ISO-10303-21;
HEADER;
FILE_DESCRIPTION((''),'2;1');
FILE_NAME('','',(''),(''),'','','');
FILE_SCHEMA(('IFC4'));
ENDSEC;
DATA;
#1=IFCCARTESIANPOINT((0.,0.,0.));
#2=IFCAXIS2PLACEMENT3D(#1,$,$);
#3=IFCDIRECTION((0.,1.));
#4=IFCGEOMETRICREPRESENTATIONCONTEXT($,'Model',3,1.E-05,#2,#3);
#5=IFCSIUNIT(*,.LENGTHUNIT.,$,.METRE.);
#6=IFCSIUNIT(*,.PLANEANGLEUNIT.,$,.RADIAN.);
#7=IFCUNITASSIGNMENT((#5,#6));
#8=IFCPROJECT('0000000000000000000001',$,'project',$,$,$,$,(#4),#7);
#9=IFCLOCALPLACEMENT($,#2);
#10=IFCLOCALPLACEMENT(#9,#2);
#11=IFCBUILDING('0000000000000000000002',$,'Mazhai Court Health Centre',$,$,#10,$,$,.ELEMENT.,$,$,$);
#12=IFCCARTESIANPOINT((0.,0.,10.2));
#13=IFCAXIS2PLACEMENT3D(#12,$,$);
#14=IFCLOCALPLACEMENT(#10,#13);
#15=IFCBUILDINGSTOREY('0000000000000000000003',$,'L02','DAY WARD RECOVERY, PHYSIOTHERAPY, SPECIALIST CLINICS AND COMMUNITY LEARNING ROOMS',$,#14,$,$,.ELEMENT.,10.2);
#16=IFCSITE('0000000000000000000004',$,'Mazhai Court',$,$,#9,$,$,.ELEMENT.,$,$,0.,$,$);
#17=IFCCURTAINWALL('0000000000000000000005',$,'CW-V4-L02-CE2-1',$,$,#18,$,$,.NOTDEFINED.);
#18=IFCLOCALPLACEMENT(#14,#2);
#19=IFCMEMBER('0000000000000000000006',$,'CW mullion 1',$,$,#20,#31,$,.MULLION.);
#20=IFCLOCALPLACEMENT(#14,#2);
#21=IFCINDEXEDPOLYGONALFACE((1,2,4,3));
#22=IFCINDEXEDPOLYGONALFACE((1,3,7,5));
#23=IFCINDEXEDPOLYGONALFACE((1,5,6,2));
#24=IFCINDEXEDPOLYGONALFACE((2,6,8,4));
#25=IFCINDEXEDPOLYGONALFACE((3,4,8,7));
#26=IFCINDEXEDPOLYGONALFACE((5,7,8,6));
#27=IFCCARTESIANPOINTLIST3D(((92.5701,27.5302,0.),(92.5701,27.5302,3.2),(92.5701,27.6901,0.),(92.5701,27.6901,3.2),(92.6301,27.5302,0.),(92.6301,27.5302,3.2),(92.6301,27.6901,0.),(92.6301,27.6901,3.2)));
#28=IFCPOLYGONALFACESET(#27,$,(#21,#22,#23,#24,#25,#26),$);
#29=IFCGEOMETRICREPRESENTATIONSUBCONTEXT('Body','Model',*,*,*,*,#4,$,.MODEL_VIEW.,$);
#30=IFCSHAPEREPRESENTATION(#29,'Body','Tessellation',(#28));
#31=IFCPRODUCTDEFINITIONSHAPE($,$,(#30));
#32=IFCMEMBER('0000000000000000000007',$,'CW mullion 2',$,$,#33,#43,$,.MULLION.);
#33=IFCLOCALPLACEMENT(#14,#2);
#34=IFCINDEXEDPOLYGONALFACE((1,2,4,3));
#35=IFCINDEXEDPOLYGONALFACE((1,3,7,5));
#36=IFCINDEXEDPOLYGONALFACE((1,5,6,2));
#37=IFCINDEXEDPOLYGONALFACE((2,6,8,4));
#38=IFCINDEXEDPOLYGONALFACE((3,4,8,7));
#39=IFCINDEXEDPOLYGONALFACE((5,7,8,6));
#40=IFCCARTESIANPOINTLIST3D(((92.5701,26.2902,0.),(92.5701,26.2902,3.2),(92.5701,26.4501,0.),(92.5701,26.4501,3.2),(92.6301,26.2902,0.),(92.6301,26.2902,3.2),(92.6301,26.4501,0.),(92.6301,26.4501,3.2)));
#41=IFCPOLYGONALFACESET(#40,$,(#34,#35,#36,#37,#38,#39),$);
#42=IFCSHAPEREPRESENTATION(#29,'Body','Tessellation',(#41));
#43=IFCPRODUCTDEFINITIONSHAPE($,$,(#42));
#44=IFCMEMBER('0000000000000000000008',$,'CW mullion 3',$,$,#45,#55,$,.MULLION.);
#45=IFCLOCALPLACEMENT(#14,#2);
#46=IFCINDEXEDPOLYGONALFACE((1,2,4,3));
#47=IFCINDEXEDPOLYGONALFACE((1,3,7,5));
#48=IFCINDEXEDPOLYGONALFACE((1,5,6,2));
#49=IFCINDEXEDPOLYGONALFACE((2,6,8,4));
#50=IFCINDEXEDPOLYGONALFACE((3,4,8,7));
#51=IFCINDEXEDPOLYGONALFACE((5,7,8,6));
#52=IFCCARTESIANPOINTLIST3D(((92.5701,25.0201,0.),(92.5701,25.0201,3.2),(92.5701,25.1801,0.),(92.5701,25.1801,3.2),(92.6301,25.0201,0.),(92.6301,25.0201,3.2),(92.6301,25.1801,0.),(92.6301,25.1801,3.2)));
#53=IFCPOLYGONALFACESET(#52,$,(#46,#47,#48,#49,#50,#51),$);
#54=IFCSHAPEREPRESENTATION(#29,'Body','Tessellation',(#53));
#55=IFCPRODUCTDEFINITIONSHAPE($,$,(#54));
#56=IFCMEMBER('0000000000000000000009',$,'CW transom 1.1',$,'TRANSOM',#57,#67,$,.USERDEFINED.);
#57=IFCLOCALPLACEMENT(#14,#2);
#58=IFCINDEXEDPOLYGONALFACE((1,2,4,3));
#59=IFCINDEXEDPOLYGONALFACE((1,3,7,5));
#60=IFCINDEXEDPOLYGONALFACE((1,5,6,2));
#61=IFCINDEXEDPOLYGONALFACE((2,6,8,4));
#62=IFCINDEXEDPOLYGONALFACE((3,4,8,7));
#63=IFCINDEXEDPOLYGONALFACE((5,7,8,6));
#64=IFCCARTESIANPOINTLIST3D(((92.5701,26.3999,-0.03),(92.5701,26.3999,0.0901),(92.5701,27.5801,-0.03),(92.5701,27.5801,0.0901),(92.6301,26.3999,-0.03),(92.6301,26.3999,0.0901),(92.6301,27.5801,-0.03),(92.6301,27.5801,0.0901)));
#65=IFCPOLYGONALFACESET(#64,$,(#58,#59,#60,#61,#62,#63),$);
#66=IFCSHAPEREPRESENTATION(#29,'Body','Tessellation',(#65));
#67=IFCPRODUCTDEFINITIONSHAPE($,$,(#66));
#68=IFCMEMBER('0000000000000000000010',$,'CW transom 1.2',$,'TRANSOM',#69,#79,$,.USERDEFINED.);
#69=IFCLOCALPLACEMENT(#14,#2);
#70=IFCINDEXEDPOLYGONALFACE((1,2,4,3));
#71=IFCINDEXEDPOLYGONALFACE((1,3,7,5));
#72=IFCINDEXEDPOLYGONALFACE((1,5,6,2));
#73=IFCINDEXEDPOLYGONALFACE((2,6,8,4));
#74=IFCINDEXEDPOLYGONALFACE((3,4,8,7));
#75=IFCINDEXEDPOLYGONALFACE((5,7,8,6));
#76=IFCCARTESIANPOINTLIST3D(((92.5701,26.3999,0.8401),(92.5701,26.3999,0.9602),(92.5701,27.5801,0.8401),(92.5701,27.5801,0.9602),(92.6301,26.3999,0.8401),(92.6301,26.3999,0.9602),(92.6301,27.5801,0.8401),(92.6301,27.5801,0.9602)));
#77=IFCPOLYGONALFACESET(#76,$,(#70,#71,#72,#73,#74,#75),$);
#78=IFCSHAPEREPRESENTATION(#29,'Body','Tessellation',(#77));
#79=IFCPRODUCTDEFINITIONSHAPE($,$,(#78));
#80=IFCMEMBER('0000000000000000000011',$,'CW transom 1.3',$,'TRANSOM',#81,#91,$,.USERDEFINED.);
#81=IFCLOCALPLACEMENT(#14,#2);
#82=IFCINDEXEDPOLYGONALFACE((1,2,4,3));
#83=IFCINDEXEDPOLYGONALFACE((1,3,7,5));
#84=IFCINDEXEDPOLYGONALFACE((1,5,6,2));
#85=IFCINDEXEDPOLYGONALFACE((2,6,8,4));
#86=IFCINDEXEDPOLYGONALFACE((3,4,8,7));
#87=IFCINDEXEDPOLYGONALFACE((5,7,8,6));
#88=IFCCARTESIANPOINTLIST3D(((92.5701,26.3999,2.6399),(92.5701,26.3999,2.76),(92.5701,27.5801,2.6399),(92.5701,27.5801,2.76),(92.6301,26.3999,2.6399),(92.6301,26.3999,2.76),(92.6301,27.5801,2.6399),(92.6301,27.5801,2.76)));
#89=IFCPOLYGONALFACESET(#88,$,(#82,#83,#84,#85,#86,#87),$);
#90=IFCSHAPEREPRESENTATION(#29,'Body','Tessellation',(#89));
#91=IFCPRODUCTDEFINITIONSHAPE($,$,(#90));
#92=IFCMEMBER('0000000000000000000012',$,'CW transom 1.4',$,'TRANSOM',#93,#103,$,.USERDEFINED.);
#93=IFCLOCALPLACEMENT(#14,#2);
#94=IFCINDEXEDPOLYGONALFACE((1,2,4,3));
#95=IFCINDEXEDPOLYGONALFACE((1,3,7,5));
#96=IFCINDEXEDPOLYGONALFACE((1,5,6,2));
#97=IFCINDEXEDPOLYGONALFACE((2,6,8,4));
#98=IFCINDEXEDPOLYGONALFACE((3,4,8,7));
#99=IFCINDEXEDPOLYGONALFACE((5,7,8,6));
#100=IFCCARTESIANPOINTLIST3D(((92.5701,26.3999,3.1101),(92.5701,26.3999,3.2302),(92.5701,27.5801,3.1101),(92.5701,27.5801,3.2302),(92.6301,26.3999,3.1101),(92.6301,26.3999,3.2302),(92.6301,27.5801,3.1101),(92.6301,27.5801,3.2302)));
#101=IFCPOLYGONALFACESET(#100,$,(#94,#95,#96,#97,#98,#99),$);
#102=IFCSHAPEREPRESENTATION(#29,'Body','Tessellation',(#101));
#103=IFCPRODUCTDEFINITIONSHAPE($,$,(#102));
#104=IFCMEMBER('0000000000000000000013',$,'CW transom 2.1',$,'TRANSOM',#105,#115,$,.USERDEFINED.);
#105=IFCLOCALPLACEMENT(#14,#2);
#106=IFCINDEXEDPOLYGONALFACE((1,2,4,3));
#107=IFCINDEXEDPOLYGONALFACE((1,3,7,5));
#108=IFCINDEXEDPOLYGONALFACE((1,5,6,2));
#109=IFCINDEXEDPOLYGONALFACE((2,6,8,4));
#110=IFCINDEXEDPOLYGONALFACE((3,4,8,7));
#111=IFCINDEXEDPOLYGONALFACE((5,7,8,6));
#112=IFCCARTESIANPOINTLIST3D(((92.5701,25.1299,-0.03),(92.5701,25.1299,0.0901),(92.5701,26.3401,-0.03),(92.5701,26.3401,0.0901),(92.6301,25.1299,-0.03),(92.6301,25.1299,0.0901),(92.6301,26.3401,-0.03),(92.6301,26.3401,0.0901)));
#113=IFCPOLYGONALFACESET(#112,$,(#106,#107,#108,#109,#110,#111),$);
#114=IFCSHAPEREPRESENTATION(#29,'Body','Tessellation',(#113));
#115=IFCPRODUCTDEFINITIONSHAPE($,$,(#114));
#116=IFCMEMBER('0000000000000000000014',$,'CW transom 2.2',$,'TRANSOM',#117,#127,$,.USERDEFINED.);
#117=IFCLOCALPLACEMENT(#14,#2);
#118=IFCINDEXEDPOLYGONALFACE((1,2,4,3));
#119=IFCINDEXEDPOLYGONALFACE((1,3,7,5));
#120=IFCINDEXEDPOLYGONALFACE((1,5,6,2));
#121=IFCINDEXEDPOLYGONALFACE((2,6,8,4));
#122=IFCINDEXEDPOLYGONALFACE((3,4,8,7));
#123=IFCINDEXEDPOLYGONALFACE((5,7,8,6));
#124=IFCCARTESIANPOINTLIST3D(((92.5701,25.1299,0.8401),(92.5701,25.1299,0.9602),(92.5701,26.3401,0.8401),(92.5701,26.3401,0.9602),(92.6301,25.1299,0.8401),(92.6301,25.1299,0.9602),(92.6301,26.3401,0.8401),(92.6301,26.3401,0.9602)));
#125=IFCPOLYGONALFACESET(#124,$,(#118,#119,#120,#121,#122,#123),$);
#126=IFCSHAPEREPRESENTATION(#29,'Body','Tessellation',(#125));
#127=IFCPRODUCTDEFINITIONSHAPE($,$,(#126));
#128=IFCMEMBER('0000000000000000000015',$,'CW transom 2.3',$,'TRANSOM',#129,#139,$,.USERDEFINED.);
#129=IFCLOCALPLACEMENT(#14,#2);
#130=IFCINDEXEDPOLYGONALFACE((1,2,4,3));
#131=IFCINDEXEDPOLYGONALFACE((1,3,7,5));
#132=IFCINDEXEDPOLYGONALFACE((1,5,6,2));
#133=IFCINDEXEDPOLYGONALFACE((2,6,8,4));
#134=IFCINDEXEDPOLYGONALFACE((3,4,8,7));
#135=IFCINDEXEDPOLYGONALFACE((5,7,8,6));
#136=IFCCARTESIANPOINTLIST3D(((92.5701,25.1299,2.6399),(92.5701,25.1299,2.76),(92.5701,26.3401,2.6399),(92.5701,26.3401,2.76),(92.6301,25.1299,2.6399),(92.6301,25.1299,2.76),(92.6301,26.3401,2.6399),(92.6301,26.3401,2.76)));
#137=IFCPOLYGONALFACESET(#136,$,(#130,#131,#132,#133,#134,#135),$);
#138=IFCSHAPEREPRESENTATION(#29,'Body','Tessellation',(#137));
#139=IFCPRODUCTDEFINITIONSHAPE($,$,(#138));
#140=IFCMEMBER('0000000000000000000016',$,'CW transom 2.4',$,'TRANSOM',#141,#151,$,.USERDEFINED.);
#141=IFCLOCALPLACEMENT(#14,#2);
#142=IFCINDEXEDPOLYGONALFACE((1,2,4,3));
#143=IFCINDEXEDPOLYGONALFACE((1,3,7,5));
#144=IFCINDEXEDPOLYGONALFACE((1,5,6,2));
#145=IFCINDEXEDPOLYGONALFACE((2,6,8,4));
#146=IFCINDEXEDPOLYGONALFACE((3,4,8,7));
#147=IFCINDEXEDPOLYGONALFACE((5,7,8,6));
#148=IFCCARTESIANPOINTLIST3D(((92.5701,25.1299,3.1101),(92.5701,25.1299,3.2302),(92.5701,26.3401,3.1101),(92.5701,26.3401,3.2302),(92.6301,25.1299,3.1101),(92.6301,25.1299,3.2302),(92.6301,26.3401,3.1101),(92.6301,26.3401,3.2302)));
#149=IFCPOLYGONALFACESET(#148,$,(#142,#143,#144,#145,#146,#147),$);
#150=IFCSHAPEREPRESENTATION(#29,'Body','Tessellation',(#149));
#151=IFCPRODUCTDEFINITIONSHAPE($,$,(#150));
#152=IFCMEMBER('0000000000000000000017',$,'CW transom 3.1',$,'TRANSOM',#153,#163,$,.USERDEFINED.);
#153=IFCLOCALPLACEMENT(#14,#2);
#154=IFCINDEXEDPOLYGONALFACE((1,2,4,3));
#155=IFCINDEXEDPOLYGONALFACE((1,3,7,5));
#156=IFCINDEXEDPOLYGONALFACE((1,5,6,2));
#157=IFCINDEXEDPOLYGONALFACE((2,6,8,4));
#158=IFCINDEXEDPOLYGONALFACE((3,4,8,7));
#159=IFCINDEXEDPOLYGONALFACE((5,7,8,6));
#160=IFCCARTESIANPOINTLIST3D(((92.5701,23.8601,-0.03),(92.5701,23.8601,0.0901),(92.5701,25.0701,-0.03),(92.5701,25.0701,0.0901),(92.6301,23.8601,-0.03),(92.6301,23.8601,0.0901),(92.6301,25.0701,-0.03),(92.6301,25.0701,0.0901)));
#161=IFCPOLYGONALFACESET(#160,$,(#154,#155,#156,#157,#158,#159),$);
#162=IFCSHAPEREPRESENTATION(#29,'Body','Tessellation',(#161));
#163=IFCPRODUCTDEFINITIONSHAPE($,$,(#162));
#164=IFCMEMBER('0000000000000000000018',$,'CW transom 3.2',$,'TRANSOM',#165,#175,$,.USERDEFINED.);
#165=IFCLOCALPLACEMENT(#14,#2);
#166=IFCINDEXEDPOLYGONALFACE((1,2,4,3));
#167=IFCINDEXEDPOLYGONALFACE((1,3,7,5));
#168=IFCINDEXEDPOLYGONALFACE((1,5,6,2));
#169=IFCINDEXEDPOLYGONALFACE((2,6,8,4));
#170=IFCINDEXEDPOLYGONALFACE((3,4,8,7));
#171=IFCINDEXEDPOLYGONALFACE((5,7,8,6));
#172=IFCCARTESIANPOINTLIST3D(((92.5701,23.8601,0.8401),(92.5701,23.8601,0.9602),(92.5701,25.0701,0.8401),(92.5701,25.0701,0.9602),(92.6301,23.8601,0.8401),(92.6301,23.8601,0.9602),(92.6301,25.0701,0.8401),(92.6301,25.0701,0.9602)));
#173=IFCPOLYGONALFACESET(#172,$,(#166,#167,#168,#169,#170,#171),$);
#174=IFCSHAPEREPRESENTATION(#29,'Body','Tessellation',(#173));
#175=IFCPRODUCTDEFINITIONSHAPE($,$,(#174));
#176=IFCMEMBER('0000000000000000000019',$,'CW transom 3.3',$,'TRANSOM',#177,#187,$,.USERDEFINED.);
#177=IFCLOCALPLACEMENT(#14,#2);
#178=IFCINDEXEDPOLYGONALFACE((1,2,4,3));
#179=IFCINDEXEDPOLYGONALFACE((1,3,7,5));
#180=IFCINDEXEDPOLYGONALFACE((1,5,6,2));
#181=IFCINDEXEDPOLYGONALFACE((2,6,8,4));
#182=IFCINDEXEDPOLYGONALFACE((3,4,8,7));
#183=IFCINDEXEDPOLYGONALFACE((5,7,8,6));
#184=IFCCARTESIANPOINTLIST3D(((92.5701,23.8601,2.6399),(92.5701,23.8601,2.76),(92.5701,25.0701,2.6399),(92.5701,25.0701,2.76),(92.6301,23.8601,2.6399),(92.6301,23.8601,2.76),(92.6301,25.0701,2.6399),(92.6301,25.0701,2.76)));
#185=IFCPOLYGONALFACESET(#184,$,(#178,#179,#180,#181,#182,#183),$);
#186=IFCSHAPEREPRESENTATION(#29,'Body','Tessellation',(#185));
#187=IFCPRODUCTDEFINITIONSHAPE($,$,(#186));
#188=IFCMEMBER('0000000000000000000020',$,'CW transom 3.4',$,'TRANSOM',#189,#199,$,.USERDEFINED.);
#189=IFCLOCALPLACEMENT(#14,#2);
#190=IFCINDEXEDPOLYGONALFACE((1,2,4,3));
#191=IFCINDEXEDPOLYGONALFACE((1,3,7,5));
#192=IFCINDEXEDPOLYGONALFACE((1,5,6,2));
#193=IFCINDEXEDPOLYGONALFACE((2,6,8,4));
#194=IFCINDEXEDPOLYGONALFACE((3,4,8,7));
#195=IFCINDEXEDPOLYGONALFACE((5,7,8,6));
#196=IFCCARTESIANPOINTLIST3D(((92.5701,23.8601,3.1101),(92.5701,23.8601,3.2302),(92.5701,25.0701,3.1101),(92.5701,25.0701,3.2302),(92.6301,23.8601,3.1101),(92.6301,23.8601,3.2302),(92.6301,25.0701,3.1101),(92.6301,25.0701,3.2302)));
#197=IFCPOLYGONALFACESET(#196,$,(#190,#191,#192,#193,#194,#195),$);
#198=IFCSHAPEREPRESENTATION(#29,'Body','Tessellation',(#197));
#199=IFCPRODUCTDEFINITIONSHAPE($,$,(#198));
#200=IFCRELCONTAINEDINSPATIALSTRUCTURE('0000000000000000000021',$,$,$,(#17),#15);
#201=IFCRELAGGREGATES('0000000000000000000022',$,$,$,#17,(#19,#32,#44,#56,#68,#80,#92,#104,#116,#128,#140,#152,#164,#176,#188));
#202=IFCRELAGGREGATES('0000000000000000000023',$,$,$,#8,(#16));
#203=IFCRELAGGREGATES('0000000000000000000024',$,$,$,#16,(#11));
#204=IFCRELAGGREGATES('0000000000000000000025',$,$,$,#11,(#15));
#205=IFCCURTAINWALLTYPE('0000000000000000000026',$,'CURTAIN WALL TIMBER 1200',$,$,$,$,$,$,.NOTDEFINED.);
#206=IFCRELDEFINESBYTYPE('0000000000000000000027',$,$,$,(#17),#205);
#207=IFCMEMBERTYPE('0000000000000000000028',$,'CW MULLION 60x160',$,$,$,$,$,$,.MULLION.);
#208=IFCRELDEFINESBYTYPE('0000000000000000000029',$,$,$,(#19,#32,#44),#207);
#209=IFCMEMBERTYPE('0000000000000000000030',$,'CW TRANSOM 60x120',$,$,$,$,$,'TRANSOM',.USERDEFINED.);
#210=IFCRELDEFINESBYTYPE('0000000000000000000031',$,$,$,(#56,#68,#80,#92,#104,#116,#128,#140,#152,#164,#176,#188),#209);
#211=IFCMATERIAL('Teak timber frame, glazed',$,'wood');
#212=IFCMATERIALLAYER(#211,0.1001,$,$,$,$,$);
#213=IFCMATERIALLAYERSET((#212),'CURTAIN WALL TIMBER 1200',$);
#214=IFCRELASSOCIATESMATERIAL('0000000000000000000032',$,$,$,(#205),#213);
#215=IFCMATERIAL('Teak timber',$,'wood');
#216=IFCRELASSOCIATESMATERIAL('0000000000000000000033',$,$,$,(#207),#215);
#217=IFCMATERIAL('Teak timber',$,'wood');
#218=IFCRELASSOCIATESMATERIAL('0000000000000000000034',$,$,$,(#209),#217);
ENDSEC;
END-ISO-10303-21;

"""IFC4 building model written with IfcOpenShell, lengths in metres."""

from ifc_helpers import new_model, si_unit, direction, frame, origin, origin_2d, place, context, subcontext, project, spatial, rectangle, extrude, material, layer, layer_set, material_profile, profile_set, type_object, element, aggregate, save


model = new_model("IFC4")

# Units and contexts
model_context = context("Model", 3, precision=1e-05, world=origin(), true_north=direction((0.0, 1.0)))
body_context = subcontext(model_context, "Body", "Model", "MODEL_VIEW")
ifc_project = project(units=[si_unit("LENGTHUNIT", "METRE"), si_unit("PLANEANGLEUNIT", "RADIAN")], contexts=[model_context])

# Site, building, storey
site_placement = place(None, origin())
site = spatial("IfcSite", under=ifc_project, at=site_placement, Name="Mazhai Court", CompositionType="ELEMENT", RefElevation=0.0)
building_placement = place(site_placement, origin())
building = spatial("IfcBuilding", under=site, at=building_placement, Name="Mazhai Court Health Centre", CompositionType="ELEMENT")
storey_placement = place(building_placement, frame((0.0, 0.0, 10.2)))
storey = spatial("IfcBuildingStorey", under=building, at=storey_placement, Name="L02", Description="DAY WARD RECOVERY, PHYSIOTHERAPY, SPECIALIST CLINICS AND COMMUNITY LEARNING ROOMS", CompositionType="ELEMENT", Elevation=10.2)

# Curtain wall, members
ifc_material_1 = material(Name="Teak timber frame, glazed", Category="wood")
ifc_layer_1 = layer(ifc_material_1, 0.1001)
ifc_layer_set_1 = layer_set([ifc_layer_1], Name="CURTAIN WALL TIMBER 1200")
curtain_wall_type = type_object("IfcCurtainWallType", Name="CURTAIN WALL TIMBER 1200", PredefinedType="NOTDEFINED", material=ifc_layer_set_1)
curtain_wall_placement = place(storey_placement, origin())
curtain_wall = element("IfcCurtainWall", 1, at=curtain_wall_placement, inside=storey, type_object=curtain_wall_type, Name="CW-V4-L02-CE2-1", PredefinedType="NOTDEFINED")
ifc_material_2 = material(Name="Teak timber", Category="wood")
ifc_material_profile_1 = material_profile(ifc_material_2, rectangle(XDim=0.0601, YDim=0.1599, at=origin_2d()), Name="CW MULLION 60x160")
ifc_profile_set_1 = profile_set([ifc_material_profile_1], Name="Teak timber")
member_type_1 = type_object("IfcMemberType", Name="CW MULLION 60x160", PredefinedType="MULLION", material=ifc_profile_set_1)
member_1_placement = place(storey_placement, frame((92.6001, 27.6101, 0.0), z_axis=(0.0, 0.0, 1.0), x_axis=(1.0, 0.0, 0.0)))
member_1 = element("IfcMember", 2, at=member_1_placement, type_object=member_type_1, Name="CW mullion 1", PredefinedType="MULLION", context=body_context, shape_type="SweptSolid", body=[
    extrude(rectangle(XDim=0.0601, YDim=0.1599, at=origin_2d()), origin(), (0.0, 0.0, 1.0), 3.2),
])
member_2_placement = place(storey_placement, frame((92.6001, 26.3701, 0.0), z_axis=(0.0, 0.0, 1.0), x_axis=(1.0, 0.0, 0.0)))
member_2 = element("IfcMember", 3, at=member_2_placement, type_object=member_type_1, Name="CW mullion 2", PredefinedType="MULLION", context=body_context, shape_type="SweptSolid", body=[
    extrude(rectangle(XDim=0.0601, YDim=0.1599, at=origin_2d()), origin(), (0.0, 0.0, 1.0), 3.2),
])
member_3_placement = place(storey_placement, frame((92.6001, 25.1001, 0.0), z_axis=(0.0, 0.0, 1.0), x_axis=(1.0, 0.0, 0.0)))
member_3 = element("IfcMember", 4, at=member_3_placement, type_object=member_type_1, Name="CW mullion 3", PredefinedType="MULLION", context=body_context, shape_type="SweptSolid", body=[
    extrude(rectangle(XDim=0.0601, YDim=0.1599, at=origin_2d()), origin(), (0.0, 0.0, 1.0), 3.2),
])
ifc_material_3 = material(Name="Teak timber", Category="wood")
ifc_material_profile_2 = material_profile(ifc_material_3, rectangle(XDim=0.0601, YDim=0.1201, at=origin_2d()), Name="CW TRANSOM 60x120")
ifc_profile_set_2 = profile_set([ifc_material_profile_2], Name="Teak timber")
member_type_2 = type_object("IfcMemberType", Name="CW TRANSOM 60x120", ElementType="TRANSOM", PredefinedType="USERDEFINED", material=ifc_profile_set_2)
member_4_placement = place(storey_placement, frame((92.6001, 27.5801, 0.03), z_axis=(0.0, -1.0, 0.0), x_axis=(1.0, 0.0, 0.0)))
member_4 = element("IfcMember", 5, at=member_4_placement, type_object=member_type_2, Name="CW transom 1.1", ObjectType="TRANSOM", PredefinedType="USERDEFINED", context=body_context, shape_type="SweptSolid", body=[
    extrude(rectangle(XDim=0.0601, YDim=0.1201, at=origin_2d()), origin(), (0.0, 0.0, 1.0), 1.1802),
])
member_5_placement = place(storey_placement, frame((92.6001, 27.5801, 0.9001), z_axis=(0.0, -1.0, 0.0), x_axis=(1.0, 0.0, 0.0)))
member_5 = element("IfcMember", 6, at=member_5_placement, type_object=member_type_2, Name="CW transom 1.2", ObjectType="TRANSOM", PredefinedType="USERDEFINED", context=body_context, shape_type="SweptSolid", body=[
    extrude(rectangle(XDim=0.0601, YDim=0.1201, at=origin_2d()), origin(), (0.0, 0.0, 1.0), 1.1802),
])
member_6_placement = place(storey_placement, frame((92.6001, 27.5801, 2.7), z_axis=(0.0, -1.0, 0.0), x_axis=(1.0, 0.0, 0.0)))
member_6 = element("IfcMember", 7, at=member_6_placement, type_object=member_type_2, Name="CW transom 1.3", ObjectType="TRANSOM", PredefinedType="USERDEFINED", context=body_context, shape_type="SweptSolid", body=[
    extrude(rectangle(XDim=0.0601, YDim=0.1201, at=origin_2d()), origin(), (0.0, 0.0, 1.0), 1.1802),
])
member_7_placement = place(storey_placement, frame((92.6001, 27.5801, 3.1702), z_axis=(0.0, -1.0, 0.0), x_axis=(1.0, 0.0, 0.0)))
member_7 = element("IfcMember", 8, at=member_7_placement, type_object=member_type_2, Name="CW transom 1.4", ObjectType="TRANSOM", PredefinedType="USERDEFINED", context=body_context, shape_type="SweptSolid", body=[
    extrude(rectangle(XDim=0.0601, YDim=0.1201, at=origin_2d()), origin(), (0.0, 0.0, 1.0), 1.1802),
])
member_8_placement = place(storey_placement, frame((92.6001, 26.3401, 0.03), z_axis=(0.0, -1.0, 0.0), x_axis=(1.0, 0.0, 0.0)))
member_8 = element("IfcMember", 9, at=member_8_placement, type_object=member_type_2, Name="CW transom 2.1", ObjectType="TRANSOM", PredefinedType="USERDEFINED", context=body_context, shape_type="SweptSolid", body=[
    extrude(rectangle(XDim=0.0601, YDim=0.1201, at=origin_2d()), origin(), (0.0, 0.0, 1.0), 1.2102),
])
member_9_placement = place(storey_placement, frame((92.6001, 26.3401, 0.9001), z_axis=(0.0, -1.0, 0.0), x_axis=(1.0, 0.0, 0.0)))
member_9 = element("IfcMember", 10, at=member_9_placement, type_object=member_type_2, Name="CW transom 2.2", ObjectType="TRANSOM", PredefinedType="USERDEFINED", context=body_context, shape_type="SweptSolid", body=[
    extrude(rectangle(XDim=0.0601, YDim=0.1201, at=origin_2d()), origin(), (0.0, 0.0, 1.0), 1.2102),
])
member_10_placement = place(storey_placement, frame((92.6001, 26.3401, 2.7), z_axis=(0.0, -1.0, 0.0), x_axis=(1.0, 0.0, 0.0)))
member_10 = element("IfcMember", 11, at=member_10_placement, type_object=member_type_2, Name="CW transom 2.3", ObjectType="TRANSOM", PredefinedType="USERDEFINED", context=body_context, shape_type="SweptSolid", body=[
    extrude(rectangle(XDim=0.0601, YDim=0.1201, at=origin_2d()), origin(), (0.0, 0.0, 1.0), 1.2102),
])
member_11_placement = place(storey_placement, frame((92.6001, 26.3401, 3.1702), z_axis=(0.0, -1.0, 0.0), x_axis=(1.0, 0.0, 0.0)))
member_11 = element("IfcMember", 12, at=member_11_placement, type_object=member_type_2, Name="CW transom 2.4", ObjectType="TRANSOM", PredefinedType="USERDEFINED", context=body_context, shape_type="SweptSolid", body=[
    extrude(rectangle(XDim=0.0601, YDim=0.1201, at=origin_2d()), origin(), (0.0, 0.0, 1.0), 1.2102),
])
member_12_placement = place(storey_placement, frame((92.6001, 25.0701, 0.03), z_axis=(0.0, -1.0, 0.0), x_axis=(1.0, 0.0, 0.0)))
member_12 = element("IfcMember", 13, at=member_12_placement, type_object=member_type_2, Name="CW transom 3.1", ObjectType="TRANSOM", PredefinedType="USERDEFINED", context=body_context, shape_type="SweptSolid", body=[
    extrude(rectangle(XDim=0.0601, YDim=0.1201, at=origin_2d()), origin(), (0.0, 0.0, 1.0), 1.21),
])
member_13_placement = place(storey_placement, frame((92.6001, 25.0701, 0.9001), z_axis=(0.0, -1.0, 0.0), x_axis=(1.0, 0.0, 0.0)))
member_13 = element("IfcMember", 14, at=member_13_placement, type_object=member_type_2, Name="CW transom 3.2", ObjectType="TRANSOM", PredefinedType="USERDEFINED", context=body_context, shape_type="SweptSolid", body=[
    extrude(rectangle(XDim=0.0601, YDim=0.1201, at=origin_2d()), origin(), (0.0, 0.0, 1.0), 1.21),
])
member_14_placement = place(storey_placement, frame((92.6001, 25.0701, 2.7), z_axis=(0.0, -1.0, 0.0), x_axis=(1.0, 0.0, 0.0)))
member_14 = element("IfcMember", 15, at=member_14_placement, type_object=member_type_2, Name="CW transom 3.3", ObjectType="TRANSOM", PredefinedType="USERDEFINED", context=body_context, shape_type="SweptSolid", body=[
    extrude(rectangle(XDim=0.0601, YDim=0.1201, at=origin_2d()), origin(), (0.0, 0.0, 1.0), 1.21),
])
member_15_placement = place(storey_placement, frame((92.6001, 25.0701, 3.1702), z_axis=(0.0, -1.0, 0.0), x_axis=(1.0, 0.0, 0.0)))
member_15 = element("IfcMember", 16, at=member_15_placement, type_object=member_type_2, Name="CW transom 3.4", ObjectType="TRANSOM", PredefinedType="USERDEFINED", context=body_context, shape_type="SweptSolid", body=[
    extrude(rectangle(XDim=0.0601, YDim=0.1201, at=origin_2d()), origin(), (0.0, 0.0, 1.0), 1.21),
])
aggregate(curtain_wall, [member_1, member_2, member_3, member_4, member_5, member_6, member_7, member_8, member_9, member_10, member_11, member_12, member_13, member_14, member_15])

save(model, "model.ifc")
